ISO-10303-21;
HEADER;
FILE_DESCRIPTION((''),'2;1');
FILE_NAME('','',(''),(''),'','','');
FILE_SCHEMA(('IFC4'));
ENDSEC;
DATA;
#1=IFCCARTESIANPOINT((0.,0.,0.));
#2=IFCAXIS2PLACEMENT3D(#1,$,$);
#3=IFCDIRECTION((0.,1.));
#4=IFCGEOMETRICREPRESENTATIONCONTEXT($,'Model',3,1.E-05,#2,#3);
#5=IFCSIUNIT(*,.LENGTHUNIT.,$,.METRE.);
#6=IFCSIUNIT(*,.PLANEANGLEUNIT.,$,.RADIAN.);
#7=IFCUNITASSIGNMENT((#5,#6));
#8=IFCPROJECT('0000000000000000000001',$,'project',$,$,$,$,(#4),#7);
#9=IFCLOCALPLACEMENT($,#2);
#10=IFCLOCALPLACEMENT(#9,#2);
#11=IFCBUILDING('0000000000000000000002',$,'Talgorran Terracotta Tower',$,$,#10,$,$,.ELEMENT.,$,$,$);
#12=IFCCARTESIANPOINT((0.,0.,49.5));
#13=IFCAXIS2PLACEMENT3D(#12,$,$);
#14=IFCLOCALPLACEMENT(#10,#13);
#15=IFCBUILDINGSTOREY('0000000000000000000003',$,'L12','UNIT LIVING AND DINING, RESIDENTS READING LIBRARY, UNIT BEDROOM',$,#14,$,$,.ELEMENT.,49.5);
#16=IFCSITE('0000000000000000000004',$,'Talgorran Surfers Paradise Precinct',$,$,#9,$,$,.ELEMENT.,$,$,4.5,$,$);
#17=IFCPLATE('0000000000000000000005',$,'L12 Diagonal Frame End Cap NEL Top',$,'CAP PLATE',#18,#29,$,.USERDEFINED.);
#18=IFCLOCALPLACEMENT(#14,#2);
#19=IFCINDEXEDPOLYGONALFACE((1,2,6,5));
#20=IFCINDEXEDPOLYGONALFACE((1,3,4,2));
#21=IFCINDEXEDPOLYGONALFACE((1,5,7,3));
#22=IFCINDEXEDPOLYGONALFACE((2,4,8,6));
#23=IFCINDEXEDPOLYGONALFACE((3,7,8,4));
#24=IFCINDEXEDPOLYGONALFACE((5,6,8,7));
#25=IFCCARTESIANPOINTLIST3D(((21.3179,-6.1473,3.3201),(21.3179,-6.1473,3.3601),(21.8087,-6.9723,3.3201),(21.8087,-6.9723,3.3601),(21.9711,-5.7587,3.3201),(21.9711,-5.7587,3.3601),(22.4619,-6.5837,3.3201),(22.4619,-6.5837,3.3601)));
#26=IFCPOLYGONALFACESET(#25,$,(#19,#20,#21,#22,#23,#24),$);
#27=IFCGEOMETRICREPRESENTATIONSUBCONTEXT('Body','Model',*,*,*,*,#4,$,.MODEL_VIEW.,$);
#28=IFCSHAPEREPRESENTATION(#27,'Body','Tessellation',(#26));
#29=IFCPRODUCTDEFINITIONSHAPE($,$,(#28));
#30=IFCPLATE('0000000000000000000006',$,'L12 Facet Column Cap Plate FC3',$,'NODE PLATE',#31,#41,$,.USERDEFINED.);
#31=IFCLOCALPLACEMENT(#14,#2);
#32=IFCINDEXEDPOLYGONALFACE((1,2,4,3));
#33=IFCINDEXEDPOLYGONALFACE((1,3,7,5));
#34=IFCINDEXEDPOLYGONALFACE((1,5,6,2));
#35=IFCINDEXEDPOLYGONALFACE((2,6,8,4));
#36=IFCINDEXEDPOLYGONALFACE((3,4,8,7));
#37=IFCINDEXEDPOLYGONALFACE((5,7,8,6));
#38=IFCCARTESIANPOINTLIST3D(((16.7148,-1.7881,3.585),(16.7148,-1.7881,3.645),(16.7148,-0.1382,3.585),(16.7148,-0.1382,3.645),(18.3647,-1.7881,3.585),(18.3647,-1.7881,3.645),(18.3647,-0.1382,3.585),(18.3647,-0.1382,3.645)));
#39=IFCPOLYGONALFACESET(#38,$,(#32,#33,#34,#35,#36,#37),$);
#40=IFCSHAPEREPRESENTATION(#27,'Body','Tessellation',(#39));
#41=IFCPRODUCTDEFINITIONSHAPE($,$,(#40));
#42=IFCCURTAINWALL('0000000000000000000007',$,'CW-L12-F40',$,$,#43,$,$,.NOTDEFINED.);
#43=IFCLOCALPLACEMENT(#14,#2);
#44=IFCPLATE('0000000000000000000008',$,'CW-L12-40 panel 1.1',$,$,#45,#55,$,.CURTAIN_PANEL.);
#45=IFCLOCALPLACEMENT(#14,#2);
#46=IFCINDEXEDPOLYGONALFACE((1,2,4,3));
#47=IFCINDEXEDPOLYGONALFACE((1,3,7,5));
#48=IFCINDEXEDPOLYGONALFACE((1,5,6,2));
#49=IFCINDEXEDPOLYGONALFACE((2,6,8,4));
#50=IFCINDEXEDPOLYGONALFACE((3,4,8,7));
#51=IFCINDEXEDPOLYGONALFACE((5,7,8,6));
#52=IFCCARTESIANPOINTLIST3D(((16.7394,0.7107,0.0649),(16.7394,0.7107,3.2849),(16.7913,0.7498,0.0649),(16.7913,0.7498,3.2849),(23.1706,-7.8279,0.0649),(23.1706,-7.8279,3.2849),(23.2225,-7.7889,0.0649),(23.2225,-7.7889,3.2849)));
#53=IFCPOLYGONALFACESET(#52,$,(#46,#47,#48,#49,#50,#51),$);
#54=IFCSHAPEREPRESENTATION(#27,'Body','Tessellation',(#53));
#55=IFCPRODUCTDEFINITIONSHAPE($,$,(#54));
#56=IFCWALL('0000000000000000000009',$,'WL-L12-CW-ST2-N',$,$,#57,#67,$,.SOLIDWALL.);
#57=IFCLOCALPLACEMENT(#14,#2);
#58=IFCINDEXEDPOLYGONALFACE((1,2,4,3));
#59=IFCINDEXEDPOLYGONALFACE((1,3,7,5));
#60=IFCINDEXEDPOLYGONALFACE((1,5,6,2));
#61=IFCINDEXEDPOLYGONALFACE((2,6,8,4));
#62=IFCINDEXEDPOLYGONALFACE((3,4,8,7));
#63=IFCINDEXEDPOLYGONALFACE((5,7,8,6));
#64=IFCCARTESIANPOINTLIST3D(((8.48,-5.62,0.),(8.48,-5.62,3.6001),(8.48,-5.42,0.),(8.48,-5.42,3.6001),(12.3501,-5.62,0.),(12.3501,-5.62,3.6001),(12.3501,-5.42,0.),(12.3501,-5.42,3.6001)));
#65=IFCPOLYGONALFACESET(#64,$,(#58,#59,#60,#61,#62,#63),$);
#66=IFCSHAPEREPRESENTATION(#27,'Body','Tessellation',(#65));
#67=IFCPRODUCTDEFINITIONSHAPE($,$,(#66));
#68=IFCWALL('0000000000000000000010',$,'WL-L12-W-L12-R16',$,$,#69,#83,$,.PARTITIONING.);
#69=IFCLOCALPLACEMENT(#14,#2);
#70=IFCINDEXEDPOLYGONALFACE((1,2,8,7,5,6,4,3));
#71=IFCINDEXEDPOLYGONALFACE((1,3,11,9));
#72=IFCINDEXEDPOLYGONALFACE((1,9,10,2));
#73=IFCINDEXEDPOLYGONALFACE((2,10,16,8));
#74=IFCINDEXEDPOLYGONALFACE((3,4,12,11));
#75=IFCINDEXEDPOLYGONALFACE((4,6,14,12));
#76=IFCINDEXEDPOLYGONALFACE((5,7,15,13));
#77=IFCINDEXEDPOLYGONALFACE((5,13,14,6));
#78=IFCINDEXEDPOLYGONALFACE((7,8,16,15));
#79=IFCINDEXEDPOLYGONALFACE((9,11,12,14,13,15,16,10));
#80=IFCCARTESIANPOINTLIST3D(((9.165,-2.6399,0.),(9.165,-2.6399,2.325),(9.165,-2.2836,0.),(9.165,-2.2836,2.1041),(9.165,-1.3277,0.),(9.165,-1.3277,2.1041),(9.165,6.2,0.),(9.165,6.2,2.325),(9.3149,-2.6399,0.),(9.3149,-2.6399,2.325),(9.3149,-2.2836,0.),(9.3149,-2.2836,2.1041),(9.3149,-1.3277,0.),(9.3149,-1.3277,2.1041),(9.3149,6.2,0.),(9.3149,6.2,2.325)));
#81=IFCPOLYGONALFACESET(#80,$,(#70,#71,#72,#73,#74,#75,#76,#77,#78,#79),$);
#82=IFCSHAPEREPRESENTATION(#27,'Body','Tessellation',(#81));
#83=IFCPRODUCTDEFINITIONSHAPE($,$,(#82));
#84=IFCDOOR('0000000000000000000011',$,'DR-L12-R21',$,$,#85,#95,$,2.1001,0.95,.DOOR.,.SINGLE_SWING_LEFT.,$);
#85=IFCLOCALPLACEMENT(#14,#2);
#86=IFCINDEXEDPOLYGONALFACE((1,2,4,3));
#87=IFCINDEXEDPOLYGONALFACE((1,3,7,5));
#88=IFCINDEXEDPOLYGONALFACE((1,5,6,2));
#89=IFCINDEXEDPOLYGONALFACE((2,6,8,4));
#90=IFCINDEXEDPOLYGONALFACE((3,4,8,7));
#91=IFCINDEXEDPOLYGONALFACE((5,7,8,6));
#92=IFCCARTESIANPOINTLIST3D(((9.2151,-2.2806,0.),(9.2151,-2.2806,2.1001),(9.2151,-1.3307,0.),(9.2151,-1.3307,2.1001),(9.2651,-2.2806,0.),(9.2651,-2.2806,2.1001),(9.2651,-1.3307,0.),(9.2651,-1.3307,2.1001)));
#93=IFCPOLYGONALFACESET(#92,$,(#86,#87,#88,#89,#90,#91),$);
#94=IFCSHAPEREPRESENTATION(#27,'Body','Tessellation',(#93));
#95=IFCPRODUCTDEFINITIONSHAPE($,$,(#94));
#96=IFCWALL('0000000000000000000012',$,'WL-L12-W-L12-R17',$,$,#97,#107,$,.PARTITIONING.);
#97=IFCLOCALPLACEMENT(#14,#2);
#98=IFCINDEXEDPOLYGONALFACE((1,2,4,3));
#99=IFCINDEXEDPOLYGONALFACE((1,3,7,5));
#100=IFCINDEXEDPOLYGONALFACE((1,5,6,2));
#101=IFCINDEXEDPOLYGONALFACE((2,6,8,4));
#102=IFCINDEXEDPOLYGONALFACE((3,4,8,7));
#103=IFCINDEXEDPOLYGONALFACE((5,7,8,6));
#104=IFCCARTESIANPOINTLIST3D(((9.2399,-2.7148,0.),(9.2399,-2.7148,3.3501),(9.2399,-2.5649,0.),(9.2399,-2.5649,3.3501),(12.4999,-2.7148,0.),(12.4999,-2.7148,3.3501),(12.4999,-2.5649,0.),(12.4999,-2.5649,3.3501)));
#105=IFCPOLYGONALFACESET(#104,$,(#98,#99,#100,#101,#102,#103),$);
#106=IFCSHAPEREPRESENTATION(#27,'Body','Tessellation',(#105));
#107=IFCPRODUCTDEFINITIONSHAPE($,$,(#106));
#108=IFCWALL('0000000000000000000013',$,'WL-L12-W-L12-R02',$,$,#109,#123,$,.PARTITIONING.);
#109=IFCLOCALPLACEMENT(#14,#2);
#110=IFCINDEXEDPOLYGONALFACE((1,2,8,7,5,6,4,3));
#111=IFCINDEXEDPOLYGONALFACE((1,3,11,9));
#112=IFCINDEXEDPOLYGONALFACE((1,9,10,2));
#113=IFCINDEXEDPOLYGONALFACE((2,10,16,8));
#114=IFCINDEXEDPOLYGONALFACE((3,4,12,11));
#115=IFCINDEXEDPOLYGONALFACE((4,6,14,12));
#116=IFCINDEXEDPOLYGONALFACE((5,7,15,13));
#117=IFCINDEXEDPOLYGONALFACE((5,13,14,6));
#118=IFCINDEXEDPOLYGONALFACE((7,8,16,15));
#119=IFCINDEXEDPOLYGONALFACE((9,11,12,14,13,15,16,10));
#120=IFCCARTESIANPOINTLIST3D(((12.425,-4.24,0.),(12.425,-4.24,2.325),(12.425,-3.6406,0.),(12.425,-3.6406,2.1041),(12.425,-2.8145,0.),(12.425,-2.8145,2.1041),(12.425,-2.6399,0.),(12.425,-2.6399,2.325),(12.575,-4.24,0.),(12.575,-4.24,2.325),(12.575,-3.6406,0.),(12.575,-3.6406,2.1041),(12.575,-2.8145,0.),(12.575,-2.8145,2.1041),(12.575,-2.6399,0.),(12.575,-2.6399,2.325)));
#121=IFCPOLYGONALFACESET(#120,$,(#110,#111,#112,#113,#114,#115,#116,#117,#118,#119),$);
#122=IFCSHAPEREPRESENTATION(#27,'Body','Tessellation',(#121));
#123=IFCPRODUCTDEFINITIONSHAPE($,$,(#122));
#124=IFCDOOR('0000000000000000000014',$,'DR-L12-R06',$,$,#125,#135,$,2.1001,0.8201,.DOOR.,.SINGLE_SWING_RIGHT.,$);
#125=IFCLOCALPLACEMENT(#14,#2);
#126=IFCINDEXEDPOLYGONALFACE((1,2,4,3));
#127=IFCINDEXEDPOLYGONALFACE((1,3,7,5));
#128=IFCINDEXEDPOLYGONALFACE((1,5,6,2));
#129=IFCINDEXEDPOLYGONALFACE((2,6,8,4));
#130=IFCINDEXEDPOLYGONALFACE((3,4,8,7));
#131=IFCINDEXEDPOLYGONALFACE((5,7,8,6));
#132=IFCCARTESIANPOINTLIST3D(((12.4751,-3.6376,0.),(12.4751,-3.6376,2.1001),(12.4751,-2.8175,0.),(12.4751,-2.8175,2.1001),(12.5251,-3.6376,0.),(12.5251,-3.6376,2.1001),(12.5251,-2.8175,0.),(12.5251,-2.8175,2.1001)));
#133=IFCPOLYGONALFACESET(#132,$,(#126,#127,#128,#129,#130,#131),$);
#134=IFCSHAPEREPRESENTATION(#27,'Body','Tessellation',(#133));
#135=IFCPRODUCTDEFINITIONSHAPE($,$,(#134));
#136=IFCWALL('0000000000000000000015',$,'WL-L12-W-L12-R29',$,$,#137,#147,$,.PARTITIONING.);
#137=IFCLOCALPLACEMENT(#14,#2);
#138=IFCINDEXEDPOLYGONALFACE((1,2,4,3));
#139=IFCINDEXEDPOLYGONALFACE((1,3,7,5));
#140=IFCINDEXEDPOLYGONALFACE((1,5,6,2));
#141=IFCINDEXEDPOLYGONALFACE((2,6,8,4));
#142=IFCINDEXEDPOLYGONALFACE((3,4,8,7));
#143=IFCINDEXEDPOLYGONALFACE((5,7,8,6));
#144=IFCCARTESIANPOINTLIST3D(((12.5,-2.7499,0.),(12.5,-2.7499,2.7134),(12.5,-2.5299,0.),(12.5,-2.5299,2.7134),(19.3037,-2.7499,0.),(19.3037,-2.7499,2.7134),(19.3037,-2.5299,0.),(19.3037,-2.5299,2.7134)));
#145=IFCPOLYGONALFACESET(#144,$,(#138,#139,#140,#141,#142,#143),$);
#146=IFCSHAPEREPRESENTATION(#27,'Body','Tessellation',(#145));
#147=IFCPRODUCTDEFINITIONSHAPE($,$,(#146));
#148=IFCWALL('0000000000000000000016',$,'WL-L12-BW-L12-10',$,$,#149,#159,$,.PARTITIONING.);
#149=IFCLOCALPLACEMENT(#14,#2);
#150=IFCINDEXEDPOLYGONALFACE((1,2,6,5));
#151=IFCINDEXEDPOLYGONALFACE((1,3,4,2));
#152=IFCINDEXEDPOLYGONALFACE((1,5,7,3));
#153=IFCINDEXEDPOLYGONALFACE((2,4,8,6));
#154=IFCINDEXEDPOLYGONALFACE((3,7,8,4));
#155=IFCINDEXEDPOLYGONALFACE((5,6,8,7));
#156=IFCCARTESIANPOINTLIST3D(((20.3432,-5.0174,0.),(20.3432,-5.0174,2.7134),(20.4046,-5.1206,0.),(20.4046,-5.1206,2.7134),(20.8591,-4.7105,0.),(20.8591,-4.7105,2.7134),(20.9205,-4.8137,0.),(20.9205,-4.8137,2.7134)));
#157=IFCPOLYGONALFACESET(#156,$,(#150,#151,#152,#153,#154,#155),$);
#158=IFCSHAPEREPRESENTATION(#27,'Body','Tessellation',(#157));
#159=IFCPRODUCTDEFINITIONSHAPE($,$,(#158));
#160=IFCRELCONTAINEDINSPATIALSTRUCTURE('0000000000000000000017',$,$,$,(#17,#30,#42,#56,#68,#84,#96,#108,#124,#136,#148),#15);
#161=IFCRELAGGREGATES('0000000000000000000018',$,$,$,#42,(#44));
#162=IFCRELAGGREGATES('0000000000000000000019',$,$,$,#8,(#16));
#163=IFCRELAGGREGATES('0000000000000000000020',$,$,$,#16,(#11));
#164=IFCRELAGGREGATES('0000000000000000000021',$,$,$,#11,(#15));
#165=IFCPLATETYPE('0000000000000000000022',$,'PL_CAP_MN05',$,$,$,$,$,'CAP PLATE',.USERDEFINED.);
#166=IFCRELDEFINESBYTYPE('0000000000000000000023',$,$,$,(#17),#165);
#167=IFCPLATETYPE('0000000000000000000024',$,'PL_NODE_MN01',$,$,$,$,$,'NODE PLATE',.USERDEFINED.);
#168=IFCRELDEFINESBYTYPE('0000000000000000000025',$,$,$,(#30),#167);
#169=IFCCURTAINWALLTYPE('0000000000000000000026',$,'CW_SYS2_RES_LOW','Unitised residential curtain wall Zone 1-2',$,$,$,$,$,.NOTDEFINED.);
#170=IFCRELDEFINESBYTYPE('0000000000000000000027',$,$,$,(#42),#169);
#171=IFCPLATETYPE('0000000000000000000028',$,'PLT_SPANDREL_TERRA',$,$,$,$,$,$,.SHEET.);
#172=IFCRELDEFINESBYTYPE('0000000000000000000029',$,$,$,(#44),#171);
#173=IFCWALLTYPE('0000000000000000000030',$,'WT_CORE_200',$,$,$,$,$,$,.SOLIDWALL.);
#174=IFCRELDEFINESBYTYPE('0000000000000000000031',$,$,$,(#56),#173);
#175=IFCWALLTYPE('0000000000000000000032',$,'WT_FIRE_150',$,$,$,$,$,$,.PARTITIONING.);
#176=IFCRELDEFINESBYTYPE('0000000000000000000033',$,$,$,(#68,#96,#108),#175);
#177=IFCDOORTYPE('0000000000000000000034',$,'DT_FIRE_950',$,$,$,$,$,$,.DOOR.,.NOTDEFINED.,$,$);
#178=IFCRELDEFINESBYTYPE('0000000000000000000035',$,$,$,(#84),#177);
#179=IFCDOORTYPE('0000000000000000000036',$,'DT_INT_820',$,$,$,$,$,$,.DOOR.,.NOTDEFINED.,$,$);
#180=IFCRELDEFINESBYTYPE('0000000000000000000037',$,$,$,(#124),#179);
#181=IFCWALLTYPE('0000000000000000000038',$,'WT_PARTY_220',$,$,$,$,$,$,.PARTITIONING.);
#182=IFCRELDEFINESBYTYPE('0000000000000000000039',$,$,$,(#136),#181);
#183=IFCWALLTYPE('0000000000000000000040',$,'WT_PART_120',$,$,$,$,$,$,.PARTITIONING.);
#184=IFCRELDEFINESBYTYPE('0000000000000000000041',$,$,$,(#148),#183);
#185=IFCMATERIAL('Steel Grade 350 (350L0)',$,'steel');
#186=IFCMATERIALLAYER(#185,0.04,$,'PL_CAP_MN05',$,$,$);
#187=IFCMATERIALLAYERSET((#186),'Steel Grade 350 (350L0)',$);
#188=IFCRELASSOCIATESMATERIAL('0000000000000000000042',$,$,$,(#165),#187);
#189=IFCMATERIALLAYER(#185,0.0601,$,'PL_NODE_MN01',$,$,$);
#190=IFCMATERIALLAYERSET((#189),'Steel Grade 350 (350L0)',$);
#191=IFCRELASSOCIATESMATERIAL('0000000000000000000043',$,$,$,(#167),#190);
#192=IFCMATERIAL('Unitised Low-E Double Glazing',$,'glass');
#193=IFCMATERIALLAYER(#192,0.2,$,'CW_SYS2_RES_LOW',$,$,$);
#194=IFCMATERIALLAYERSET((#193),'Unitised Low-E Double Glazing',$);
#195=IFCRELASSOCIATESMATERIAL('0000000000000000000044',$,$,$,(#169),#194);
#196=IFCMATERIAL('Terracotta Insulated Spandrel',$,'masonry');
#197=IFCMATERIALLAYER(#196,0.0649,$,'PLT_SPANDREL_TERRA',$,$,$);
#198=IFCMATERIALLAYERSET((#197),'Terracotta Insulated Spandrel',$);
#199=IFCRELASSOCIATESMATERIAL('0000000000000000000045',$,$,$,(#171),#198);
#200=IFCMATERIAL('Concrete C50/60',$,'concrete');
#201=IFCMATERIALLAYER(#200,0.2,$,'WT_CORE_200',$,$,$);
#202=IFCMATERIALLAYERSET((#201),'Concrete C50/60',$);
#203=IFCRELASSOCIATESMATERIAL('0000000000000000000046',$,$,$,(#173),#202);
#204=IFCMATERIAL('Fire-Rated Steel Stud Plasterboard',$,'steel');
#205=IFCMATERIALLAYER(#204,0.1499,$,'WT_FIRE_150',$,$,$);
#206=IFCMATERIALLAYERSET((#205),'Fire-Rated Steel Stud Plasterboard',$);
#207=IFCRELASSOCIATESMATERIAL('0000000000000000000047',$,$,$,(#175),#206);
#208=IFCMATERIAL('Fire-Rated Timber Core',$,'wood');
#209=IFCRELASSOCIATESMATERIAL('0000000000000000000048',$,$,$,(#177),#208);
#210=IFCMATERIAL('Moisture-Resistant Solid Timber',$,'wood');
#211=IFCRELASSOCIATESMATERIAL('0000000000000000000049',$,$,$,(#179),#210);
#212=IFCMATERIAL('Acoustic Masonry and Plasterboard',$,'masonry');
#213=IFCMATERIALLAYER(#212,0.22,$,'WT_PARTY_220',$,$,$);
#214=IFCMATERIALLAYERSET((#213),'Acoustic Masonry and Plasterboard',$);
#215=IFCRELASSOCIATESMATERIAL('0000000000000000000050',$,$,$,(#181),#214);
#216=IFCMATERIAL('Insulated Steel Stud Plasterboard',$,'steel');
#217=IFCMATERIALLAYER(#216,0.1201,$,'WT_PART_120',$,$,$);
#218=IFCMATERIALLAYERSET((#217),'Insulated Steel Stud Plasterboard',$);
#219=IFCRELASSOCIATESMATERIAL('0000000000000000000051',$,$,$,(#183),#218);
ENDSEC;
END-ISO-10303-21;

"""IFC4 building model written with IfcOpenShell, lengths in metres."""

from ifc_helpers import new_model, si_unit, direction, frame, frame_2d, origin, origin_2d, place, context, subcontext, project, spatial, rectangle, extrude, source, transform, mapped, material, layer, layer_set, type_object, type_shapes, element, fill, aggregate, save


model = new_model("IFC4")

# Units and contexts
model_context = context("Model", 3, precision=1e-05, world=origin(), true_north=direction((0.0, 1.0)))
body_context = subcontext(model_context, "Body", "Model", "MODEL_VIEW")
ifc_project = project(units=[si_unit("LENGTHUNIT", "METRE"), si_unit("PLANEANGLEUNIT", "RADIAN")], contexts=[model_context])

# Site, building, storey
site_placement = place(None, origin())
site = spatial("IfcSite", under=ifc_project, at=site_placement, Name="Talgorran Surfers Paradise Precinct", CompositionType="ELEMENT", RefElevation=4.5)
building_placement = place(site_placement, origin())
building = spatial("IfcBuilding", under=site, at=building_placement, Name="Talgorran Terracotta Tower", CompositionType="ELEMENT")
storey_placement = place(building_placement, frame((0.0, 0.0, 49.5)))
storey = spatial("IfcBuildingStorey", under=building, at=storey_placement, Name="L12", Description="UNIT LIVING AND DINING, RESIDENTS READING LIBRARY, UNIT BEDROOM", CompositionType="ELEMENT", Elevation=49.5)

# Shared definitions
ifc_material_1 = material(Name="Steel Grade 350 (350L0)", Category="steel")

# Plates
ifc_layer_1 = layer(ifc_material_1, 0.04, Name="PL_CAP_MN05")
ifc_layer_set_1 = layer_set([ifc_layer_1], Name="Steel Grade 350 (350L0)")
plate_type_1 = type_object("IfcPlateType", Name="PL_CAP_MN05", ElementType="CAP PLATE", PredefinedType="USERDEFINED", material=ifc_layer_set_1)
for number, where, z_axis, x_axis, name in (
    (1, (21.8899, -6.3655, 3.3201), (0.0, 0.0, 1.0), (0.511293, -0.859406, 0.0), "L12 Diagonal Frame End Cap NEL Top"),
):
    element("IfcPlate", number, at=place(storey_placement, frame(where, z_axis=z_axis, x_axis=x_axis)), inside=storey, type_object=plate_type_1, Name=name, ObjectType="CAP PLATE", PredefinedType="USERDEFINED", context=body_context, shape_type="SweptSolid", body=[
        extrude(rectangle(XDim=0.96, YDim=0.76, at=origin_2d()), origin(), (0.0, 0.0, 1.0), 0.04),
    ])
ifc_layer_2 = layer(ifc_material_1, 0.0601, Name="PL_NODE_MN01")
ifc_layer_set_2 = layer_set([ifc_layer_2], Name="Steel Grade 350 (350L0)")
plate_type_2 = type_object("IfcPlateType", Name="PL_NODE_MN01", ElementType="NODE PLATE", PredefinedType="USERDEFINED", material=ifc_layer_set_2)
plate_1_placement = place(storey_placement, frame((17.5398, -0.9631, 3.585), z_axis=(0.0, 0.0, 1.0), x_axis=(1.0, 0.0, 0.0)))
element("IfcPlate", 2, at=plate_1_placement, inside=storey, type_object=plate_type_2, Name="L12 Facet Column Cap Plate FC3", ObjectType="NODE PLATE", PredefinedType="USERDEFINED", context=body_context, shape_type="SweptSolid", body=[
    extrude(rectangle(XDim=1.6499, YDim=1.6499, at=origin_2d()), origin(), (0.0, 0.0, 1.0), 0.0601),
])

# Curtain wall, plate
ifc_material_2 = material(Name="Unitised Low-E Double Glazing", Category="glass")
ifc_layer_3 = layer(ifc_material_2, 0.2, Name="CW_SYS2_RES_LOW")
ifc_layer_set_3 = layer_set([ifc_layer_3], Name="Unitised Low-E Double Glazing")
curtain_wall_type = type_object("IfcCurtainWallType", Name="CW_SYS2_RES_LOW", Description="Unitised residential curtain wall Zone 1-2", PredefinedType="NOTDEFINED", material=ifc_layer_set_3)
curtain_wall_placement = place(storey_placement, origin())
curtain_wall = element("IfcCurtainWall", 3, at=curtain_wall_placement, inside=storey, type_object=curtain_wall_type, Name="CW-L12-F40", PredefinedType="NOTDEFINED")
ifc_material_3 = material(Name="Terracotta Insulated Spandrel", Category="masonry")
ifc_layer_4 = layer(ifc_material_3, 0.0649, Name="PLT_SPANDREL_TERRA")
ifc_layer_set_4 = layer_set([ifc_layer_4], Name="Terracotta Insulated Spandrel")
plate_type_3 = type_object("IfcPlateType", Name="PLT_SPANDREL_TERRA", PredefinedType="SHEET", material=ifc_layer_set_4)
shared_shape = source(origin(), body_context, "Body", "SweptSolid", [
    extrude(rectangle(XDim=10.6897, YDim=0.0649, at=origin_2d()), origin(), (0.0, 0.0, 1.0), 3.22),
])
type_shapes(plate_type_3, [shared_shape])
plate_2_placement = place(storey_placement, frame((19.981, -3.5391, 0.0649), z_axis=(0.0, 0.0, 1.0), x_axis=(-0.601627, 0.798777, 0.0)))
plate_2 = element("IfcPlate", 4, at=plate_2_placement, type_object=plate_type_3, Name="CW-L12-40 panel 1.1", PredefinedType="CURTAIN_PANEL", context=body_context, shape_type="MappedRepresentation", body=[
    mapped(shared_shape, transform((0.0, 0.0, 0.0), scale=1.0)),
])
aggregate(curtain_wall, [plate_2])

# Wall
ifc_material_4 = material(Name="Concrete C50/60", Category="concrete")
ifc_layer_5 = layer(ifc_material_4, 0.2, Name="WT_CORE_200")
ifc_layer_set_5 = layer_set([ifc_layer_5], Name="Concrete C50/60")
wall_type_1 = type_object("IfcWallType", Name="WT_CORE_200", PredefinedType="SOLIDWALL", material=ifc_layer_set_5)
wall_1_placement = place(storey_placement, frame((8.48, -5.52, 0.0), z_axis=(0.0, 0.0, 1.0), x_axis=(1.0, 0.0, 0.0)))
element("IfcWall", 5, at=wall_1_placement, inside=storey, type_object=wall_type_1, Name="WL-L12-CW-ST2-N", PredefinedType="SOLIDWALL", context=body_context, shape_type="SweptSolid", body=[
    extrude(rectangle(XDim=3.8701, YDim=0.2, at=frame_2d((1.9351, 0.0))), origin(), (0.0, 0.0, 1.0), 3.6001),
])

# Wall, opening, door
ifc_material_5 = material(Name="Fire-Rated Steel Stud Plasterboard", Category="steel")
ifc_layer_6 = layer(ifc_material_5, 0.1499, Name="WT_FIRE_150")
ifc_layer_set_6 = layer_set([ifc_layer_6], Name="Fire-Rated Steel Stud Plasterboard")
wall_type_2 = type_object("IfcWallType", Name="WT_FIRE_150", PredefinedType="PARTITIONING", material=ifc_layer_set_6)
wall_2_placement = place(storey_placement, frame((9.24, -2.6399, 0.0), z_axis=(0.0, 0.0, 1.0), x_axis=(0.0, 1.0, 0.0)))
wall_2 = element("IfcWall", 6, at=wall_2_placement, inside=storey, type_object=wall_type_2, Name="WL-L12-W-L12-R16", PredefinedType="PARTITIONING", context=body_context, shape_type="SweptSolid", body=[
    extrude(rectangle(XDim=8.8398, YDim=0.1499, at=frame_2d((4.4199, 0.0))), origin(), (0.0, 0.0, 1.0), 2.325),
])
opening_1_placement = place(wall_2_placement, frame((0.3591, 0.0, 0.0)))
opening_1 = element("IfcOpeningElement", 7, at=opening_1_placement, cuts=wall_2, PredefinedType="OPENING", context=body_context, shape_type="SweptSolid", body=[
    extrude(rectangle(XDim=0.956, YDim=2.1041, at=frame_2d((0.4751, 1.052))), frame((0.0, 0.085, 0.0), z_axis=(0.0, -1.0, 0.0), x_axis=(1.0, 0.0, 0.0)), (0.0, 0.0, 1.0), 0.1699),
])
ifc_material_6 = material(Name="Fire-Rated Timber Core", Category="wood")
door_type_1 = type_object("IfcDoorType", Name="DT_FIRE_950", OperationType="NOTDEFINED", PredefinedType="DOOR", material=ifc_material_6)
door_1_placement = place(opening_1_placement, origin())
door_1 = element("IfcDoor", 8, at=door_1_placement, inside=storey, type_object=door_type_1, Name="DR-L12-R21", OperationType="SINGLE_SWING_LEFT", OverallHeight=2.1001, OverallWidth=0.95, PredefinedType="DOOR", context=body_context, shape_type="SweptSolid", body=[
    extrude(rectangle(XDim=0.95, YDim=2.1001, at=frame_2d((0.4751, 1.05))), frame((0.0, 0.0249, 0.0), z_axis=(0.0, -1.0, 0.0), x_axis=(1.0, 0.0, 0.0)), (0.0, 0.0, 1.0), 0.05),
])
fill(opening_1, door_1)

# Wall
wall_3_placement = place(storey_placement, frame((9.24, -2.6399, 0.0), z_axis=(0.0, 0.0, 1.0), x_axis=(1.0, 0.0, 0.0)))
element("IfcWall", 9, at=wall_3_placement, inside=storey, type_object=wall_type_2, Name="WL-L12-W-L12-R17", PredefinedType="PARTITIONING", context=body_context, shape_type="SweptSolid", body=[
    extrude(rectangle(XDim=3.26, YDim=0.1499, at=frame_2d((1.6299, 0.0))), origin(), (0.0, 0.0, 1.0), 3.3501),
])

# Wall, opening, door
wall_4_placement = place(storey_placement, frame((12.5, -4.24, 0.0), z_axis=(0.0, 0.0, 1.0), x_axis=(0.0, 1.0, 0.0)))
wall_4 = element("IfcWall", 10, at=wall_4_placement, inside=storey, type_object=wall_type_2, Name="WL-L12-W-L12-R02", PredefinedType="PARTITIONING", context=body_context, shape_type="SweptSolid", body=[
    extrude(rectangle(XDim=1.6001, YDim=0.1499, at=frame_2d((0.8, 0.0))), origin(), (0.0, 0.0, 1.0), 2.325),
])
opening_2_placement = place(wall_4_placement, frame((0.6023, 0.0, 0.0)))
opening_2 = element("IfcOpeningElement", 11, at=opening_2_placement, cuts=wall_4, PredefinedType="OPENING", context=body_context, shape_type="SweptSolid", body=[
    extrude(rectangle(XDim=0.8261, YDim=2.1041, at=frame_2d((0.4102, 1.052))), frame((0.0, 0.085, 0.0), z_axis=(0.0, -1.0, 0.0), x_axis=(1.0, 0.0, 0.0)), (0.0, 0.0, 1.0), 0.1699),
])
ifc_material_7 = material(Name="Moisture-Resistant Solid Timber", Category="wood")
door_type_2 = type_object("IfcDoorType", Name="DT_INT_820", OperationType="NOTDEFINED", PredefinedType="DOOR", material=ifc_material_7)
door_2_placement = place(opening_2_placement, origin())
door_2 = element("IfcDoor", 12, at=door_2_placement, inside=storey, type_object=door_type_2, Name="DR-L12-R06", OperationType="SINGLE_SWING_RIGHT", OverallHeight=2.1001, OverallWidth=0.8201, PredefinedType="DOOR", context=body_context, shape_type="SweptSolid", body=[
    extrude(rectangle(XDim=0.8201, YDim=2.1001, at=frame_2d((0.4102, 1.05))), frame((0.0, 0.0249, 0.0), z_axis=(0.0, -1.0, 0.0), x_axis=(1.0, 0.0, 0.0)), (0.0, 0.0, 1.0), 0.05),
])
fill(opening_2, door_2)

# Walls
ifc_material_8 = material(Name="Acoustic Masonry and Plasterboard", Category="masonry")
ifc_layer_7 = layer(ifc_material_8, 0.22, Name="WT_PARTY_220")
ifc_layer_set_7 = layer_set([ifc_layer_7], Name="Acoustic Masonry and Plasterboard")
wall_type_3 = type_object("IfcWallType", Name="WT_PARTY_220", PredefinedType="PARTITIONING", material=ifc_layer_set_7)
wall_5_placement = place(storey_placement, frame((12.5, -2.6399, 0.0), z_axis=(0.0, 0.0, 1.0), x_axis=(1.0, 0.0, 0.0)))
element("IfcWall", 13, at=wall_5_placement, inside=storey, type_object=wall_type_3, Name="WL-L12-W-L12-R29", PredefinedType="PARTITIONING", context=body_context, shape_type="SweptSolid", body=[
    extrude(rectangle(XDim=6.8037, YDim=0.22, at=frame_2d((3.4019, 0.0))), origin(), (0.0, 0.0, 1.0), 2.7134),
])
ifc_material_9 = material(Name="Insulated Steel Stud Plasterboard", Category="steel")
ifc_layer_8 = layer(ifc_material_9, 0.1201, Name="WT_PART_120")
ifc_layer_set_8 = layer_set([ifc_layer_8], Name="Insulated Steel Stud Plasterboard")
wall_type_4 = type_object("IfcWallType", Name="WT_PART_120", PredefinedType="PARTITIONING", material=ifc_layer_set_8)
wall_6_placement = place(storey_placement, frame((20.3738, -5.0691, 0.0), z_axis=(0.0, 0.0, 1.0), x_axis=(0.859425, 0.511262, 0.0)))
element("IfcWall", 14, at=wall_6_placement, inside=storey, type_object=wall_type_4, Name="WL-L12-BW-L12-10", PredefinedType="PARTITIONING", context=body_context, shape_type="SweptSolid", body=[
    extrude(rectangle(XDim=0.6003, YDim=0.1201, at=frame_2d((0.3003, 0.0))), origin(), (0.0, 0.0, 1.0), 2.7134),
])

save(model, "model.ifc")
